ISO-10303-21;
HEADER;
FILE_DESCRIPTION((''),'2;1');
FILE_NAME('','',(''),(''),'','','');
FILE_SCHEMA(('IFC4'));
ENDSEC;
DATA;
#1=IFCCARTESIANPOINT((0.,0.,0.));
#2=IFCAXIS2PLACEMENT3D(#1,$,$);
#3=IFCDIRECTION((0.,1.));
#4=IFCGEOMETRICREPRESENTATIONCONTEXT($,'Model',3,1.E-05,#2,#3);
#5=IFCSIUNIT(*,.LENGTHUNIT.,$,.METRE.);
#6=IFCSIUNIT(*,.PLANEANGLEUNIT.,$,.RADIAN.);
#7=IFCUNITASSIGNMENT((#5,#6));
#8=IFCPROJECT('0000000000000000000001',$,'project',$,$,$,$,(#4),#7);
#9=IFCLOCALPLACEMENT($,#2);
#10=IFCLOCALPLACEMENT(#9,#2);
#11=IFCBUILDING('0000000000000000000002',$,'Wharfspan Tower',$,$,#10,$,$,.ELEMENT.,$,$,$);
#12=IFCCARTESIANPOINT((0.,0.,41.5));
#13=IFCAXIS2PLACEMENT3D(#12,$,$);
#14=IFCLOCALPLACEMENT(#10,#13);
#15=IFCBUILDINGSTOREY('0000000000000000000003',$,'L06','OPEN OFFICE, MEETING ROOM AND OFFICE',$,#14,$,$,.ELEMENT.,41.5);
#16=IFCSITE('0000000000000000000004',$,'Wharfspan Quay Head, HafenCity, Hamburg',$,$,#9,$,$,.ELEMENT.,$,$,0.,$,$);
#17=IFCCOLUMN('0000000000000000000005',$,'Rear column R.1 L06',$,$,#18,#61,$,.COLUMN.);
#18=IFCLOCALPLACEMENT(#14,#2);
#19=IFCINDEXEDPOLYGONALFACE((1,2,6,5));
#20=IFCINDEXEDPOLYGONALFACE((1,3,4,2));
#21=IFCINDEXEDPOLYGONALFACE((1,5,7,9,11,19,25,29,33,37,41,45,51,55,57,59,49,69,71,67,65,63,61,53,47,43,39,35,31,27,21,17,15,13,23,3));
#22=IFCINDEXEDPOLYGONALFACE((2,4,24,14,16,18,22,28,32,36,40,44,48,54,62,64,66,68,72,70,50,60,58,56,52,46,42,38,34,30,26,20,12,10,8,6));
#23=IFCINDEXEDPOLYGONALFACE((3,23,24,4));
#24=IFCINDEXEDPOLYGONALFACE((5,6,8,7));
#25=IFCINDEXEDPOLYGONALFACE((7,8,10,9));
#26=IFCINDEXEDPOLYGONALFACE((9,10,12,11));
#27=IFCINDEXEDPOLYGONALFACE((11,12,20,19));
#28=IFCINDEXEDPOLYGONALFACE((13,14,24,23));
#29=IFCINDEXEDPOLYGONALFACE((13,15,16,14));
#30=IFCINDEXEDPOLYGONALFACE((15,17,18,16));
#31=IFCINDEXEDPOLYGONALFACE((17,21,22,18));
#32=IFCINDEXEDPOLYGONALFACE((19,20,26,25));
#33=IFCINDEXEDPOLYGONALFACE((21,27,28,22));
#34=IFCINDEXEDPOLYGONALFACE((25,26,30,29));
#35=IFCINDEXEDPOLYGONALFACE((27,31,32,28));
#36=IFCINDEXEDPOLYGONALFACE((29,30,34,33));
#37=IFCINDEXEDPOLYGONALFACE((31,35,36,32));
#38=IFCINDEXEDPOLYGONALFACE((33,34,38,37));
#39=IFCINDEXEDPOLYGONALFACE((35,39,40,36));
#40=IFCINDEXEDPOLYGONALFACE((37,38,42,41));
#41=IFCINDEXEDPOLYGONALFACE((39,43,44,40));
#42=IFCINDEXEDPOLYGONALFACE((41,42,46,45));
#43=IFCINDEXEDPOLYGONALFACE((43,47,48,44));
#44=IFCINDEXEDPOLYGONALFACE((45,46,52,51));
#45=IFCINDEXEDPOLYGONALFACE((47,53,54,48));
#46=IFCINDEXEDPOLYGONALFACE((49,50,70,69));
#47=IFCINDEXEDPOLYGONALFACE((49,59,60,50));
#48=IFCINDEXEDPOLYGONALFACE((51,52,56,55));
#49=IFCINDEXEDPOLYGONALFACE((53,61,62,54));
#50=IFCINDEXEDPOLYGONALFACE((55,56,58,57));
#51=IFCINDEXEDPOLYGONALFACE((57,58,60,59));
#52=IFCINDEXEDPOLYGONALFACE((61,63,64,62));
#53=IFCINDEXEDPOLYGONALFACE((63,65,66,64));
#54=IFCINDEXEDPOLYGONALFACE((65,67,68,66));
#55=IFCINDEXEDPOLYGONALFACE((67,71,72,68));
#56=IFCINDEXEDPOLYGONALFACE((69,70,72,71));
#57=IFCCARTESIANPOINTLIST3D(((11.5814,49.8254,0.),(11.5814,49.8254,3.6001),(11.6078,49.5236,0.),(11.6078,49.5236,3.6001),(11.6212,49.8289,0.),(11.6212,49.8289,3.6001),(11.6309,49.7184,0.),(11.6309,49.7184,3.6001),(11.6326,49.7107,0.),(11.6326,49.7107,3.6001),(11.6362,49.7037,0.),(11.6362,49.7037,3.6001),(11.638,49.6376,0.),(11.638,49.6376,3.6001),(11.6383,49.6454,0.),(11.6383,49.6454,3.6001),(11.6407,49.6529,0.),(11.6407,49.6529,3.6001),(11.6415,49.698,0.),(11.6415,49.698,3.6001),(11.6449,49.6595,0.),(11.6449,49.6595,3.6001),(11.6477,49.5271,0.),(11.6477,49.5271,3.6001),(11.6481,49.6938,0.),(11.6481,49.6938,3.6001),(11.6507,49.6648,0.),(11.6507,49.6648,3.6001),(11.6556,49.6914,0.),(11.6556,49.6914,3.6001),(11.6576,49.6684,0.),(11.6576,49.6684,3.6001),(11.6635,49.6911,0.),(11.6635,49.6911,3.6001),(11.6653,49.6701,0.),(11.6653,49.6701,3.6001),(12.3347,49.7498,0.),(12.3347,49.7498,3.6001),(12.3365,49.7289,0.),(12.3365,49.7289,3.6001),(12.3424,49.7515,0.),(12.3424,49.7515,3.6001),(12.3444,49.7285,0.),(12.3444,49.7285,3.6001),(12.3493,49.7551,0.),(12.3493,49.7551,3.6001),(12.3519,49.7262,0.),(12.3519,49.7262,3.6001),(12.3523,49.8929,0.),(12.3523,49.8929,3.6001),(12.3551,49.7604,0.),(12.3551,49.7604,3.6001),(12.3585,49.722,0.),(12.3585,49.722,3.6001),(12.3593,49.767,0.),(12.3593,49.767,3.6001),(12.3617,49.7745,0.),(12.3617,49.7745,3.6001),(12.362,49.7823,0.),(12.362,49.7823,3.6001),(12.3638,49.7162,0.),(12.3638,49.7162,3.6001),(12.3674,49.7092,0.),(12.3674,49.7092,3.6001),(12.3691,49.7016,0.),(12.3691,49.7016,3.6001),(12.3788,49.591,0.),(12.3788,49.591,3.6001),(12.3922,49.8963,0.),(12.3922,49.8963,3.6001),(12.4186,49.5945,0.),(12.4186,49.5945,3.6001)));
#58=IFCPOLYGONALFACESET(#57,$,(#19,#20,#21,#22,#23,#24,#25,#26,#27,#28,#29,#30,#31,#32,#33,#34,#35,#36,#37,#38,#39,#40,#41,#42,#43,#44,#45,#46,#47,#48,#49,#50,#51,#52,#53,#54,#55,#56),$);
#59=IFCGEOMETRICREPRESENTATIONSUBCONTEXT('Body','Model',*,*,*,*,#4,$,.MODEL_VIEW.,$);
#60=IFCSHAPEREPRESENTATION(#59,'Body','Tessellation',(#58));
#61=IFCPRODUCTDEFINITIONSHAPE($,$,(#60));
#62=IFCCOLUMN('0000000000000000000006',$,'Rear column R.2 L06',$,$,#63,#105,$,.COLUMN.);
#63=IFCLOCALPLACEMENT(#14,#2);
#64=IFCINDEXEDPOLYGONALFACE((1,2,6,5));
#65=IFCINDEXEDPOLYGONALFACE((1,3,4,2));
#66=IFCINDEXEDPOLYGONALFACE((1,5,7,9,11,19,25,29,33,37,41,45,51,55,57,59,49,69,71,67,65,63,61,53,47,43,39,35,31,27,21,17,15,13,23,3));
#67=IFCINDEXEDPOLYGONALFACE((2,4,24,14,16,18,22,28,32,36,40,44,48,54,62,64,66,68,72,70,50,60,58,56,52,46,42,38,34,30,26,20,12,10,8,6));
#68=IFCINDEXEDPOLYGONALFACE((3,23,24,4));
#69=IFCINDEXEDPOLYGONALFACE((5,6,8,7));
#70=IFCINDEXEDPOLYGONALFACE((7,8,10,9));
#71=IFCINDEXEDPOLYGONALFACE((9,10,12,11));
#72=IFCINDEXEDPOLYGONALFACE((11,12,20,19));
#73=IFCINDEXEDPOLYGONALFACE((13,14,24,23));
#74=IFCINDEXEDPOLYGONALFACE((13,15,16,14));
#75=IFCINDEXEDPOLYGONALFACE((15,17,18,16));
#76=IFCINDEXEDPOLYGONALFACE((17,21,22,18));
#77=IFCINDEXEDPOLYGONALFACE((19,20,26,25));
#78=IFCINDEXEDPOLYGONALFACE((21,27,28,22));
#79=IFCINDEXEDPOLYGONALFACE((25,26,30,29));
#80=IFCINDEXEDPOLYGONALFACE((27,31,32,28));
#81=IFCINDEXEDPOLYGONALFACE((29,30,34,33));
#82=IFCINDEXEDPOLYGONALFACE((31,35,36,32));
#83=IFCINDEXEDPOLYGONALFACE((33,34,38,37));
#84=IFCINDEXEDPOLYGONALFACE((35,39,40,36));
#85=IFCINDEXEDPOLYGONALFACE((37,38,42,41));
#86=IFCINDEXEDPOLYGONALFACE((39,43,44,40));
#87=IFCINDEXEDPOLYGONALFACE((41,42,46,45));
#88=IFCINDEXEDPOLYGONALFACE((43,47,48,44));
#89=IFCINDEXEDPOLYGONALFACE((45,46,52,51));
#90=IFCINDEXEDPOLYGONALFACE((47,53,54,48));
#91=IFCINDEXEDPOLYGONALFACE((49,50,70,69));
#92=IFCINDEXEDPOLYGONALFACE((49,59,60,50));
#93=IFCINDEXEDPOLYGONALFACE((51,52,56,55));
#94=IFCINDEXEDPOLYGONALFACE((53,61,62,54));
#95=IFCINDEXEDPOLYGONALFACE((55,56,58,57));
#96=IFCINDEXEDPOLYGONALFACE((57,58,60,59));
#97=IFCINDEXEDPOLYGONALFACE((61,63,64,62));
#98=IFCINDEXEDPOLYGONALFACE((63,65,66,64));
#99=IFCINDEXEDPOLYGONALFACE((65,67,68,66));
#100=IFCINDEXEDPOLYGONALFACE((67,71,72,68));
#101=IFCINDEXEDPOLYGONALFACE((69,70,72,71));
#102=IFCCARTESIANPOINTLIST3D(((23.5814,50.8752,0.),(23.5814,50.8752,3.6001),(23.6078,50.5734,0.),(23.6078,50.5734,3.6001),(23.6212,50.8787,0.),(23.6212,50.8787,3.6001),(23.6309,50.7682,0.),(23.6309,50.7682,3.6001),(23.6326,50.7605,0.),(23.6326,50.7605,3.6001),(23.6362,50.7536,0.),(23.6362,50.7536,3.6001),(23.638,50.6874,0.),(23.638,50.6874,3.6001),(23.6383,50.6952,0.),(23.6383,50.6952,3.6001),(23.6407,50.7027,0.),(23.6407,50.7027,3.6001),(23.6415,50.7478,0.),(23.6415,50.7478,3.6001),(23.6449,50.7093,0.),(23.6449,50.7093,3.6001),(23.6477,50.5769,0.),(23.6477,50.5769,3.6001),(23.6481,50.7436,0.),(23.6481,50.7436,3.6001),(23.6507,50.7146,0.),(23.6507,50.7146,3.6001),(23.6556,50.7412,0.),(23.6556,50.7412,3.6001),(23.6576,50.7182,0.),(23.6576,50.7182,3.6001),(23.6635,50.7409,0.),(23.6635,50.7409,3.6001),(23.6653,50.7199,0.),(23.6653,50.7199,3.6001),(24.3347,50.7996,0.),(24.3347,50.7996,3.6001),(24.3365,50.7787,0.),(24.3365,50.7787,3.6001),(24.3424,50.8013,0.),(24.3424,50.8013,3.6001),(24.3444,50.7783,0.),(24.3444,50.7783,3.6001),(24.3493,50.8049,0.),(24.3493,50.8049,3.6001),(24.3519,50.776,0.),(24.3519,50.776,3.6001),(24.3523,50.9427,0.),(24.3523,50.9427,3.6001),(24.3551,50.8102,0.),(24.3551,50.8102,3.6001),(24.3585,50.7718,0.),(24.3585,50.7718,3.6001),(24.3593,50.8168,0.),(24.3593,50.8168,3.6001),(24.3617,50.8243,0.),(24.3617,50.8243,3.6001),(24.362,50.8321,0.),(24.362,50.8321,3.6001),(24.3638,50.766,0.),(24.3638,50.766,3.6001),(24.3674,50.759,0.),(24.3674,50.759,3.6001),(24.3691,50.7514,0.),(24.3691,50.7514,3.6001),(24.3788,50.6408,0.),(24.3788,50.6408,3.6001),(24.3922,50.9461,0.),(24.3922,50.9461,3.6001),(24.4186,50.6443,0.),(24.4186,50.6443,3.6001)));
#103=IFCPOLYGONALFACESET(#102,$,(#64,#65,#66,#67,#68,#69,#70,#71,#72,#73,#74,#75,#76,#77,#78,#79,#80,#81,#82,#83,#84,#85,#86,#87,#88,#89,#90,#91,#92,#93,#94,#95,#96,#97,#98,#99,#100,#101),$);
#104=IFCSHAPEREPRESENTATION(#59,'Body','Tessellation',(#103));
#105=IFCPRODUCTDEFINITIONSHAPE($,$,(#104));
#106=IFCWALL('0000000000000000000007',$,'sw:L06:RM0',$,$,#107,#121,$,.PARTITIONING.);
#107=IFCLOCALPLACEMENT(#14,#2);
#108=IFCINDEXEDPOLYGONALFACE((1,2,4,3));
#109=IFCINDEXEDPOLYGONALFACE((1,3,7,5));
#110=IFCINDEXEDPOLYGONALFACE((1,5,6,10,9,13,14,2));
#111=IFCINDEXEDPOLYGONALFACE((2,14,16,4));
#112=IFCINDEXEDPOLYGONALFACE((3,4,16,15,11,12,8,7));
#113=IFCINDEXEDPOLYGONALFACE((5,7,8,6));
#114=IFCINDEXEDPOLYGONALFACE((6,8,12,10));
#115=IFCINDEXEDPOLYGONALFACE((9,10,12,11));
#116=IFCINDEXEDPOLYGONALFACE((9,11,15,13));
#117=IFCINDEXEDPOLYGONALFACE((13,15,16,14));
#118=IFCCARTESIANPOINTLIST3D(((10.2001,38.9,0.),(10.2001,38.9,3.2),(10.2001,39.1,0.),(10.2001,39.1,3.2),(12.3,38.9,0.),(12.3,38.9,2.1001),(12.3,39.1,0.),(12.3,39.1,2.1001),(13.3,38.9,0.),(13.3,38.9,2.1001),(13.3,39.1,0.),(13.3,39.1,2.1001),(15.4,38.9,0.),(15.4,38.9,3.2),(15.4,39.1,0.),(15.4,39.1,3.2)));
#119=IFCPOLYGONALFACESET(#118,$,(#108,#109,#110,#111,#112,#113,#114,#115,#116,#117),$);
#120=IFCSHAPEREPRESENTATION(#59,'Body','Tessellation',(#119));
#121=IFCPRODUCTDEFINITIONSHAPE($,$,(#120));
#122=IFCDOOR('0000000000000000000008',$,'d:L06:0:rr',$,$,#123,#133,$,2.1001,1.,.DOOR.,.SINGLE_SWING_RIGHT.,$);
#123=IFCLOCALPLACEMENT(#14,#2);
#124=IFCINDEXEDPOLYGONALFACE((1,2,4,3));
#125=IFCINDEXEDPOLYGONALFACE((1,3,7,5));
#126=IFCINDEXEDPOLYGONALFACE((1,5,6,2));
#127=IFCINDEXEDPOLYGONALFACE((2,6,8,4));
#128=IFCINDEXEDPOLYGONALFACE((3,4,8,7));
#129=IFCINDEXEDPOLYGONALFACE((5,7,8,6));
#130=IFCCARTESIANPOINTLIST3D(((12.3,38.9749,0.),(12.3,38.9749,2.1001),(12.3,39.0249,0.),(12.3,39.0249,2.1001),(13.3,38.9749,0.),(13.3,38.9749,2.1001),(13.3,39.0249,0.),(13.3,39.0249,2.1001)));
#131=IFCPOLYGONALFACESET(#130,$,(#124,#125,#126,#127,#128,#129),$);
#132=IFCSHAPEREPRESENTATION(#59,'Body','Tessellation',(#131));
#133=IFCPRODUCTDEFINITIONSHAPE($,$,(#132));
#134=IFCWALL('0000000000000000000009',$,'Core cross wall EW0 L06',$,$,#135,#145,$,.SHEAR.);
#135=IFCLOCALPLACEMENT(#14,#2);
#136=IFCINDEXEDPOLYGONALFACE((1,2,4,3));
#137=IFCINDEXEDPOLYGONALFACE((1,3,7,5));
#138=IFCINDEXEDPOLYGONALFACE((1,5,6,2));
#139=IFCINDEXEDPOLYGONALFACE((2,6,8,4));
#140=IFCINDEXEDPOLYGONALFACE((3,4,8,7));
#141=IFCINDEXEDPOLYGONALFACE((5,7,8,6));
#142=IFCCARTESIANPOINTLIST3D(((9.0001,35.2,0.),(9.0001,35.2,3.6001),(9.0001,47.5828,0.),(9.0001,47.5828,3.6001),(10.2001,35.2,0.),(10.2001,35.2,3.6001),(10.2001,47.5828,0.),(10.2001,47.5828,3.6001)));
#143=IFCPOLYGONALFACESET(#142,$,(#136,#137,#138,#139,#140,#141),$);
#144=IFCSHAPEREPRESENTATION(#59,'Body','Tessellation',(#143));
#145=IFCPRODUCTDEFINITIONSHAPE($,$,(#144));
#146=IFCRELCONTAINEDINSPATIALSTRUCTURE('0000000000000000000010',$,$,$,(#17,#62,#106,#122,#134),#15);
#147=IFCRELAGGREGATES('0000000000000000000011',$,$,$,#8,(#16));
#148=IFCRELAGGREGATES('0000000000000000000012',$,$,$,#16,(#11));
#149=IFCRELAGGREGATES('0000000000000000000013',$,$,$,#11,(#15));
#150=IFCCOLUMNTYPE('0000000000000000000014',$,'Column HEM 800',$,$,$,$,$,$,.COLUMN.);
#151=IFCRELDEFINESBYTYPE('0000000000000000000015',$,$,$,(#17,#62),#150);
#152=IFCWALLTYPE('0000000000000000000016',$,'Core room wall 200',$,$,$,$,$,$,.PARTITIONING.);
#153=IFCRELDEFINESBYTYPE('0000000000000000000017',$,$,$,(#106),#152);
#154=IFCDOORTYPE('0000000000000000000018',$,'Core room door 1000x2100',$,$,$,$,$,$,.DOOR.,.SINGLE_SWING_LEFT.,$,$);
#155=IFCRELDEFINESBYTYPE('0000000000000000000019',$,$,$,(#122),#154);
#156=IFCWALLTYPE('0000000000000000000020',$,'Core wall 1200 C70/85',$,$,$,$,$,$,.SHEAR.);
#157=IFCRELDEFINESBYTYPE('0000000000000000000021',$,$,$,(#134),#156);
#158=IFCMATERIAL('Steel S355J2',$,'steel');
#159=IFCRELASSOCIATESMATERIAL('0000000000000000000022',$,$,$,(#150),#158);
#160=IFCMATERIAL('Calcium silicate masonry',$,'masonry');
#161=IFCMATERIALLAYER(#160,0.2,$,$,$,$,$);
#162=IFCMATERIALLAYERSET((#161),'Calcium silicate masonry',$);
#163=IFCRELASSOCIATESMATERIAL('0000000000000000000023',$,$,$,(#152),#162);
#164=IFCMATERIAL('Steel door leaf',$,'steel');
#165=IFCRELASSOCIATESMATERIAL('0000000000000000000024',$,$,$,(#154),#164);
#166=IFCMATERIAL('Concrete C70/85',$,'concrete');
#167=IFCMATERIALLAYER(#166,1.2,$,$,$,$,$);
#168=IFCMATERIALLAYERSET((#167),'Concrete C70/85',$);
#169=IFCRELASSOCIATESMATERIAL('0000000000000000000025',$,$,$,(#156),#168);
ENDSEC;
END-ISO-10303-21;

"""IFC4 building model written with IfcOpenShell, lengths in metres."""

from ifc_helpers import new_model, si_unit, direction, frame, frame_2d, origin, origin_2d, place, context, subcontext, project, spatial, rectangle, i_section, extrude, material, layer, layer_set, material_profile, profile_set, type_object, element, fill, save


model = new_model("IFC4")

# Units and contexts
model_context = context("Model", 3, precision=1e-05, world=origin(), true_north=direction((0.0, 1.0)))
body_context = subcontext(model_context, "Body", "Model", "MODEL_VIEW")
ifc_project = project(units=[si_unit("LENGTHUNIT", "METRE"), si_unit("PLANEANGLEUNIT", "RADIAN")], contexts=[model_context])

# Site, building, storey
site_placement = place(None, origin())
site = spatial("IfcSite", under=ifc_project, at=site_placement, Name="Wharfspan Quay Head, HafenCity, Hamburg", CompositionType="ELEMENT", RefElevation=0.0)
building_placement = place(site_placement, origin())
building = spatial("IfcBuilding", under=site, at=building_placement, Name="Wharfspan Tower", CompositionType="ELEMENT")
storey_placement = place(building_placement, frame((0.0, 0.0, 41.5)))
storey = spatial("IfcBuildingStorey", under=building, at=storey_placement, Name="L06", Description="OPEN OFFICE, MEETING ROOM AND OFFICE", CompositionType="ELEMENT", Elevation=41.5)

# Columns
ifc_material_1 = material(Name="Steel S355J2", Category="steel")
ifc_material_profile = material_profile(ifc_material_1, i_section(OverallWidth=0.303, OverallDepth=0.814, WebThickness=0.021, FlangeThickness=0.04, FilletRadius=0.03, at=origin_2d()))
ifc_profile_set = profile_set([ifc_material_profile], Name="Steel S355J2")
column_type = type_object("IfcColumnType", Name="Column HEM 800", PredefinedType="COLUMN", material=ifc_profile_set)
for number, where, z_axis, x_axis, name in (
    (1, (12.0, 49.71, 0.0), (0.0, 0.0, 1.0), (-0.087156, 0.996197, 0.0), "Rear column R.1 L06"),
    (2, (24.0, 50.7598, 0.0), (0.0, 0.0, 1.0), (-0.087156, 0.996197, 0.0), "Rear column R.2 L06"),
):
    element("IfcColumn", number, at=place(storey_placement, frame(where, z_axis=z_axis, x_axis=x_axis)), inside=storey, type_object=column_type, Name=name, PredefinedType="COLUMN", context=body_context, shape_type="SweptSolid", body=[
        extrude(i_section(OverallWidth=0.303, OverallDepth=0.814, WebThickness=0.021, FlangeThickness=0.04, FilletRadius=0.03, at=origin_2d()), origin(), (0.0, 0.0, 1.0), 3.6001),
    ])

# Wall, opening, door
ifc_material_2 = material(Name="Calcium silicate masonry", Category="masonry")
ifc_layer_1 = layer(ifc_material_2, 0.2)
ifc_layer_set_1 = layer_set([ifc_layer_1], Name="Calcium silicate masonry")
wall_type_1 = type_object("IfcWallType", Name="Core room wall 200", PredefinedType="PARTITIONING", material=ifc_layer_set_1)
wall_1_placement = place(storey_placement, frame((10.2, 39.0, 0.0), z_axis=(0.0, 0.0, 1.0), x_axis=(1.0, 0.0, 0.0)))
wall_1 = element("IfcWall", 3, at=wall_1_placement, inside=storey, type_object=wall_type_1, Name="sw:L06:RM0", PredefinedType="PARTITIONING", context=body_context, shape_type="SweptSolid", body=[
    extrude(rectangle(XDim=5.2, YDim=0.2, at=frame_2d((2.6001, 0.0))), origin(), (0.0, 0.0, 1.0), 3.2),
])
opening_1_placement = place(wall_1_placement, frame((2.1001, 0.0, 0.0)))
opening_1 = element("IfcOpeningElement", 4, at=opening_1_placement, cuts=wall_1, PredefinedType="OPENING", context=body_context, shape_type="SweptSolid", body=[
    extrude(rectangle(XDim=1.0, YDim=2.1001, at=frame_2d((0.5, 1.05))), frame((0.0, 0.1099, 0.0), z_axis=(0.0, -1.0, 0.0), x_axis=(1.0, 0.0, 0.0)), (0.0, 0.0, 1.0), 0.22),
])
ifc_material_3 = material(Name="Steel door leaf", Category="steel")
door_type_1 = type_object("IfcDoorType", Name="Core room door 1000x2100", OperationType="SINGLE_SWING_LEFT", PredefinedType="DOOR", material=ifc_material_3)
door_1_placement = place(opening_1_placement, origin())
door_1 = element("IfcDoor", 5, at=door_1_placement, inside=storey, type_object=door_type_1, Name="d:L06:0:rr", OperationType="SINGLE_SWING_RIGHT", OverallHeight=2.1001, OverallWidth=1.0, PredefinedType="DOOR", context=body_context, shape_type="SweptSolid", body=[
    extrude(rectangle(XDim=1.0, YDim=2.1001, at=frame_2d((0.5, 1.05))), frame((0.0, 0.0249, 0.0), z_axis=(0.0, -1.0, 0.0), x_axis=(1.0, 0.0, 0.0)), (0.0, 0.0, 1.0), 0.05),
])
fill(opening_1, door_1)

# Wall
ifc_material_4 = material(Name="Concrete C70/85", Category="concrete")
ifc_layer_2 = layer(ifc_material_4, 1.2)
ifc_layer_set_2 = layer_set([ifc_layer_2], Name="Concrete C70/85")
wall_type_2 = type_object("IfcWallType", Name="Core wall 1200 C70/85", PredefinedType="SHEAR", material=ifc_layer_set_2)
wall_2_placement = place(storey_placement, frame((9.6001, 35.2, 0.0), z_axis=(0.0, 0.0, 1.0), x_axis=(0.0, 1.0, 0.0)))
element("IfcWall", 6, at=wall_2_placement, inside=storey, type_object=wall_type_2, Name="Core cross wall EW0 L06", PredefinedType="SHEAR", context=body_context, shape_type="SweptSolid", body=[
    extrude(rectangle(XDim=12.3828, YDim=1.2, at=frame_2d((6.1914, 0.0))), origin(), (0.0, 0.0, 1.0), 3.6001),
])

save(model, "model.ifc")
